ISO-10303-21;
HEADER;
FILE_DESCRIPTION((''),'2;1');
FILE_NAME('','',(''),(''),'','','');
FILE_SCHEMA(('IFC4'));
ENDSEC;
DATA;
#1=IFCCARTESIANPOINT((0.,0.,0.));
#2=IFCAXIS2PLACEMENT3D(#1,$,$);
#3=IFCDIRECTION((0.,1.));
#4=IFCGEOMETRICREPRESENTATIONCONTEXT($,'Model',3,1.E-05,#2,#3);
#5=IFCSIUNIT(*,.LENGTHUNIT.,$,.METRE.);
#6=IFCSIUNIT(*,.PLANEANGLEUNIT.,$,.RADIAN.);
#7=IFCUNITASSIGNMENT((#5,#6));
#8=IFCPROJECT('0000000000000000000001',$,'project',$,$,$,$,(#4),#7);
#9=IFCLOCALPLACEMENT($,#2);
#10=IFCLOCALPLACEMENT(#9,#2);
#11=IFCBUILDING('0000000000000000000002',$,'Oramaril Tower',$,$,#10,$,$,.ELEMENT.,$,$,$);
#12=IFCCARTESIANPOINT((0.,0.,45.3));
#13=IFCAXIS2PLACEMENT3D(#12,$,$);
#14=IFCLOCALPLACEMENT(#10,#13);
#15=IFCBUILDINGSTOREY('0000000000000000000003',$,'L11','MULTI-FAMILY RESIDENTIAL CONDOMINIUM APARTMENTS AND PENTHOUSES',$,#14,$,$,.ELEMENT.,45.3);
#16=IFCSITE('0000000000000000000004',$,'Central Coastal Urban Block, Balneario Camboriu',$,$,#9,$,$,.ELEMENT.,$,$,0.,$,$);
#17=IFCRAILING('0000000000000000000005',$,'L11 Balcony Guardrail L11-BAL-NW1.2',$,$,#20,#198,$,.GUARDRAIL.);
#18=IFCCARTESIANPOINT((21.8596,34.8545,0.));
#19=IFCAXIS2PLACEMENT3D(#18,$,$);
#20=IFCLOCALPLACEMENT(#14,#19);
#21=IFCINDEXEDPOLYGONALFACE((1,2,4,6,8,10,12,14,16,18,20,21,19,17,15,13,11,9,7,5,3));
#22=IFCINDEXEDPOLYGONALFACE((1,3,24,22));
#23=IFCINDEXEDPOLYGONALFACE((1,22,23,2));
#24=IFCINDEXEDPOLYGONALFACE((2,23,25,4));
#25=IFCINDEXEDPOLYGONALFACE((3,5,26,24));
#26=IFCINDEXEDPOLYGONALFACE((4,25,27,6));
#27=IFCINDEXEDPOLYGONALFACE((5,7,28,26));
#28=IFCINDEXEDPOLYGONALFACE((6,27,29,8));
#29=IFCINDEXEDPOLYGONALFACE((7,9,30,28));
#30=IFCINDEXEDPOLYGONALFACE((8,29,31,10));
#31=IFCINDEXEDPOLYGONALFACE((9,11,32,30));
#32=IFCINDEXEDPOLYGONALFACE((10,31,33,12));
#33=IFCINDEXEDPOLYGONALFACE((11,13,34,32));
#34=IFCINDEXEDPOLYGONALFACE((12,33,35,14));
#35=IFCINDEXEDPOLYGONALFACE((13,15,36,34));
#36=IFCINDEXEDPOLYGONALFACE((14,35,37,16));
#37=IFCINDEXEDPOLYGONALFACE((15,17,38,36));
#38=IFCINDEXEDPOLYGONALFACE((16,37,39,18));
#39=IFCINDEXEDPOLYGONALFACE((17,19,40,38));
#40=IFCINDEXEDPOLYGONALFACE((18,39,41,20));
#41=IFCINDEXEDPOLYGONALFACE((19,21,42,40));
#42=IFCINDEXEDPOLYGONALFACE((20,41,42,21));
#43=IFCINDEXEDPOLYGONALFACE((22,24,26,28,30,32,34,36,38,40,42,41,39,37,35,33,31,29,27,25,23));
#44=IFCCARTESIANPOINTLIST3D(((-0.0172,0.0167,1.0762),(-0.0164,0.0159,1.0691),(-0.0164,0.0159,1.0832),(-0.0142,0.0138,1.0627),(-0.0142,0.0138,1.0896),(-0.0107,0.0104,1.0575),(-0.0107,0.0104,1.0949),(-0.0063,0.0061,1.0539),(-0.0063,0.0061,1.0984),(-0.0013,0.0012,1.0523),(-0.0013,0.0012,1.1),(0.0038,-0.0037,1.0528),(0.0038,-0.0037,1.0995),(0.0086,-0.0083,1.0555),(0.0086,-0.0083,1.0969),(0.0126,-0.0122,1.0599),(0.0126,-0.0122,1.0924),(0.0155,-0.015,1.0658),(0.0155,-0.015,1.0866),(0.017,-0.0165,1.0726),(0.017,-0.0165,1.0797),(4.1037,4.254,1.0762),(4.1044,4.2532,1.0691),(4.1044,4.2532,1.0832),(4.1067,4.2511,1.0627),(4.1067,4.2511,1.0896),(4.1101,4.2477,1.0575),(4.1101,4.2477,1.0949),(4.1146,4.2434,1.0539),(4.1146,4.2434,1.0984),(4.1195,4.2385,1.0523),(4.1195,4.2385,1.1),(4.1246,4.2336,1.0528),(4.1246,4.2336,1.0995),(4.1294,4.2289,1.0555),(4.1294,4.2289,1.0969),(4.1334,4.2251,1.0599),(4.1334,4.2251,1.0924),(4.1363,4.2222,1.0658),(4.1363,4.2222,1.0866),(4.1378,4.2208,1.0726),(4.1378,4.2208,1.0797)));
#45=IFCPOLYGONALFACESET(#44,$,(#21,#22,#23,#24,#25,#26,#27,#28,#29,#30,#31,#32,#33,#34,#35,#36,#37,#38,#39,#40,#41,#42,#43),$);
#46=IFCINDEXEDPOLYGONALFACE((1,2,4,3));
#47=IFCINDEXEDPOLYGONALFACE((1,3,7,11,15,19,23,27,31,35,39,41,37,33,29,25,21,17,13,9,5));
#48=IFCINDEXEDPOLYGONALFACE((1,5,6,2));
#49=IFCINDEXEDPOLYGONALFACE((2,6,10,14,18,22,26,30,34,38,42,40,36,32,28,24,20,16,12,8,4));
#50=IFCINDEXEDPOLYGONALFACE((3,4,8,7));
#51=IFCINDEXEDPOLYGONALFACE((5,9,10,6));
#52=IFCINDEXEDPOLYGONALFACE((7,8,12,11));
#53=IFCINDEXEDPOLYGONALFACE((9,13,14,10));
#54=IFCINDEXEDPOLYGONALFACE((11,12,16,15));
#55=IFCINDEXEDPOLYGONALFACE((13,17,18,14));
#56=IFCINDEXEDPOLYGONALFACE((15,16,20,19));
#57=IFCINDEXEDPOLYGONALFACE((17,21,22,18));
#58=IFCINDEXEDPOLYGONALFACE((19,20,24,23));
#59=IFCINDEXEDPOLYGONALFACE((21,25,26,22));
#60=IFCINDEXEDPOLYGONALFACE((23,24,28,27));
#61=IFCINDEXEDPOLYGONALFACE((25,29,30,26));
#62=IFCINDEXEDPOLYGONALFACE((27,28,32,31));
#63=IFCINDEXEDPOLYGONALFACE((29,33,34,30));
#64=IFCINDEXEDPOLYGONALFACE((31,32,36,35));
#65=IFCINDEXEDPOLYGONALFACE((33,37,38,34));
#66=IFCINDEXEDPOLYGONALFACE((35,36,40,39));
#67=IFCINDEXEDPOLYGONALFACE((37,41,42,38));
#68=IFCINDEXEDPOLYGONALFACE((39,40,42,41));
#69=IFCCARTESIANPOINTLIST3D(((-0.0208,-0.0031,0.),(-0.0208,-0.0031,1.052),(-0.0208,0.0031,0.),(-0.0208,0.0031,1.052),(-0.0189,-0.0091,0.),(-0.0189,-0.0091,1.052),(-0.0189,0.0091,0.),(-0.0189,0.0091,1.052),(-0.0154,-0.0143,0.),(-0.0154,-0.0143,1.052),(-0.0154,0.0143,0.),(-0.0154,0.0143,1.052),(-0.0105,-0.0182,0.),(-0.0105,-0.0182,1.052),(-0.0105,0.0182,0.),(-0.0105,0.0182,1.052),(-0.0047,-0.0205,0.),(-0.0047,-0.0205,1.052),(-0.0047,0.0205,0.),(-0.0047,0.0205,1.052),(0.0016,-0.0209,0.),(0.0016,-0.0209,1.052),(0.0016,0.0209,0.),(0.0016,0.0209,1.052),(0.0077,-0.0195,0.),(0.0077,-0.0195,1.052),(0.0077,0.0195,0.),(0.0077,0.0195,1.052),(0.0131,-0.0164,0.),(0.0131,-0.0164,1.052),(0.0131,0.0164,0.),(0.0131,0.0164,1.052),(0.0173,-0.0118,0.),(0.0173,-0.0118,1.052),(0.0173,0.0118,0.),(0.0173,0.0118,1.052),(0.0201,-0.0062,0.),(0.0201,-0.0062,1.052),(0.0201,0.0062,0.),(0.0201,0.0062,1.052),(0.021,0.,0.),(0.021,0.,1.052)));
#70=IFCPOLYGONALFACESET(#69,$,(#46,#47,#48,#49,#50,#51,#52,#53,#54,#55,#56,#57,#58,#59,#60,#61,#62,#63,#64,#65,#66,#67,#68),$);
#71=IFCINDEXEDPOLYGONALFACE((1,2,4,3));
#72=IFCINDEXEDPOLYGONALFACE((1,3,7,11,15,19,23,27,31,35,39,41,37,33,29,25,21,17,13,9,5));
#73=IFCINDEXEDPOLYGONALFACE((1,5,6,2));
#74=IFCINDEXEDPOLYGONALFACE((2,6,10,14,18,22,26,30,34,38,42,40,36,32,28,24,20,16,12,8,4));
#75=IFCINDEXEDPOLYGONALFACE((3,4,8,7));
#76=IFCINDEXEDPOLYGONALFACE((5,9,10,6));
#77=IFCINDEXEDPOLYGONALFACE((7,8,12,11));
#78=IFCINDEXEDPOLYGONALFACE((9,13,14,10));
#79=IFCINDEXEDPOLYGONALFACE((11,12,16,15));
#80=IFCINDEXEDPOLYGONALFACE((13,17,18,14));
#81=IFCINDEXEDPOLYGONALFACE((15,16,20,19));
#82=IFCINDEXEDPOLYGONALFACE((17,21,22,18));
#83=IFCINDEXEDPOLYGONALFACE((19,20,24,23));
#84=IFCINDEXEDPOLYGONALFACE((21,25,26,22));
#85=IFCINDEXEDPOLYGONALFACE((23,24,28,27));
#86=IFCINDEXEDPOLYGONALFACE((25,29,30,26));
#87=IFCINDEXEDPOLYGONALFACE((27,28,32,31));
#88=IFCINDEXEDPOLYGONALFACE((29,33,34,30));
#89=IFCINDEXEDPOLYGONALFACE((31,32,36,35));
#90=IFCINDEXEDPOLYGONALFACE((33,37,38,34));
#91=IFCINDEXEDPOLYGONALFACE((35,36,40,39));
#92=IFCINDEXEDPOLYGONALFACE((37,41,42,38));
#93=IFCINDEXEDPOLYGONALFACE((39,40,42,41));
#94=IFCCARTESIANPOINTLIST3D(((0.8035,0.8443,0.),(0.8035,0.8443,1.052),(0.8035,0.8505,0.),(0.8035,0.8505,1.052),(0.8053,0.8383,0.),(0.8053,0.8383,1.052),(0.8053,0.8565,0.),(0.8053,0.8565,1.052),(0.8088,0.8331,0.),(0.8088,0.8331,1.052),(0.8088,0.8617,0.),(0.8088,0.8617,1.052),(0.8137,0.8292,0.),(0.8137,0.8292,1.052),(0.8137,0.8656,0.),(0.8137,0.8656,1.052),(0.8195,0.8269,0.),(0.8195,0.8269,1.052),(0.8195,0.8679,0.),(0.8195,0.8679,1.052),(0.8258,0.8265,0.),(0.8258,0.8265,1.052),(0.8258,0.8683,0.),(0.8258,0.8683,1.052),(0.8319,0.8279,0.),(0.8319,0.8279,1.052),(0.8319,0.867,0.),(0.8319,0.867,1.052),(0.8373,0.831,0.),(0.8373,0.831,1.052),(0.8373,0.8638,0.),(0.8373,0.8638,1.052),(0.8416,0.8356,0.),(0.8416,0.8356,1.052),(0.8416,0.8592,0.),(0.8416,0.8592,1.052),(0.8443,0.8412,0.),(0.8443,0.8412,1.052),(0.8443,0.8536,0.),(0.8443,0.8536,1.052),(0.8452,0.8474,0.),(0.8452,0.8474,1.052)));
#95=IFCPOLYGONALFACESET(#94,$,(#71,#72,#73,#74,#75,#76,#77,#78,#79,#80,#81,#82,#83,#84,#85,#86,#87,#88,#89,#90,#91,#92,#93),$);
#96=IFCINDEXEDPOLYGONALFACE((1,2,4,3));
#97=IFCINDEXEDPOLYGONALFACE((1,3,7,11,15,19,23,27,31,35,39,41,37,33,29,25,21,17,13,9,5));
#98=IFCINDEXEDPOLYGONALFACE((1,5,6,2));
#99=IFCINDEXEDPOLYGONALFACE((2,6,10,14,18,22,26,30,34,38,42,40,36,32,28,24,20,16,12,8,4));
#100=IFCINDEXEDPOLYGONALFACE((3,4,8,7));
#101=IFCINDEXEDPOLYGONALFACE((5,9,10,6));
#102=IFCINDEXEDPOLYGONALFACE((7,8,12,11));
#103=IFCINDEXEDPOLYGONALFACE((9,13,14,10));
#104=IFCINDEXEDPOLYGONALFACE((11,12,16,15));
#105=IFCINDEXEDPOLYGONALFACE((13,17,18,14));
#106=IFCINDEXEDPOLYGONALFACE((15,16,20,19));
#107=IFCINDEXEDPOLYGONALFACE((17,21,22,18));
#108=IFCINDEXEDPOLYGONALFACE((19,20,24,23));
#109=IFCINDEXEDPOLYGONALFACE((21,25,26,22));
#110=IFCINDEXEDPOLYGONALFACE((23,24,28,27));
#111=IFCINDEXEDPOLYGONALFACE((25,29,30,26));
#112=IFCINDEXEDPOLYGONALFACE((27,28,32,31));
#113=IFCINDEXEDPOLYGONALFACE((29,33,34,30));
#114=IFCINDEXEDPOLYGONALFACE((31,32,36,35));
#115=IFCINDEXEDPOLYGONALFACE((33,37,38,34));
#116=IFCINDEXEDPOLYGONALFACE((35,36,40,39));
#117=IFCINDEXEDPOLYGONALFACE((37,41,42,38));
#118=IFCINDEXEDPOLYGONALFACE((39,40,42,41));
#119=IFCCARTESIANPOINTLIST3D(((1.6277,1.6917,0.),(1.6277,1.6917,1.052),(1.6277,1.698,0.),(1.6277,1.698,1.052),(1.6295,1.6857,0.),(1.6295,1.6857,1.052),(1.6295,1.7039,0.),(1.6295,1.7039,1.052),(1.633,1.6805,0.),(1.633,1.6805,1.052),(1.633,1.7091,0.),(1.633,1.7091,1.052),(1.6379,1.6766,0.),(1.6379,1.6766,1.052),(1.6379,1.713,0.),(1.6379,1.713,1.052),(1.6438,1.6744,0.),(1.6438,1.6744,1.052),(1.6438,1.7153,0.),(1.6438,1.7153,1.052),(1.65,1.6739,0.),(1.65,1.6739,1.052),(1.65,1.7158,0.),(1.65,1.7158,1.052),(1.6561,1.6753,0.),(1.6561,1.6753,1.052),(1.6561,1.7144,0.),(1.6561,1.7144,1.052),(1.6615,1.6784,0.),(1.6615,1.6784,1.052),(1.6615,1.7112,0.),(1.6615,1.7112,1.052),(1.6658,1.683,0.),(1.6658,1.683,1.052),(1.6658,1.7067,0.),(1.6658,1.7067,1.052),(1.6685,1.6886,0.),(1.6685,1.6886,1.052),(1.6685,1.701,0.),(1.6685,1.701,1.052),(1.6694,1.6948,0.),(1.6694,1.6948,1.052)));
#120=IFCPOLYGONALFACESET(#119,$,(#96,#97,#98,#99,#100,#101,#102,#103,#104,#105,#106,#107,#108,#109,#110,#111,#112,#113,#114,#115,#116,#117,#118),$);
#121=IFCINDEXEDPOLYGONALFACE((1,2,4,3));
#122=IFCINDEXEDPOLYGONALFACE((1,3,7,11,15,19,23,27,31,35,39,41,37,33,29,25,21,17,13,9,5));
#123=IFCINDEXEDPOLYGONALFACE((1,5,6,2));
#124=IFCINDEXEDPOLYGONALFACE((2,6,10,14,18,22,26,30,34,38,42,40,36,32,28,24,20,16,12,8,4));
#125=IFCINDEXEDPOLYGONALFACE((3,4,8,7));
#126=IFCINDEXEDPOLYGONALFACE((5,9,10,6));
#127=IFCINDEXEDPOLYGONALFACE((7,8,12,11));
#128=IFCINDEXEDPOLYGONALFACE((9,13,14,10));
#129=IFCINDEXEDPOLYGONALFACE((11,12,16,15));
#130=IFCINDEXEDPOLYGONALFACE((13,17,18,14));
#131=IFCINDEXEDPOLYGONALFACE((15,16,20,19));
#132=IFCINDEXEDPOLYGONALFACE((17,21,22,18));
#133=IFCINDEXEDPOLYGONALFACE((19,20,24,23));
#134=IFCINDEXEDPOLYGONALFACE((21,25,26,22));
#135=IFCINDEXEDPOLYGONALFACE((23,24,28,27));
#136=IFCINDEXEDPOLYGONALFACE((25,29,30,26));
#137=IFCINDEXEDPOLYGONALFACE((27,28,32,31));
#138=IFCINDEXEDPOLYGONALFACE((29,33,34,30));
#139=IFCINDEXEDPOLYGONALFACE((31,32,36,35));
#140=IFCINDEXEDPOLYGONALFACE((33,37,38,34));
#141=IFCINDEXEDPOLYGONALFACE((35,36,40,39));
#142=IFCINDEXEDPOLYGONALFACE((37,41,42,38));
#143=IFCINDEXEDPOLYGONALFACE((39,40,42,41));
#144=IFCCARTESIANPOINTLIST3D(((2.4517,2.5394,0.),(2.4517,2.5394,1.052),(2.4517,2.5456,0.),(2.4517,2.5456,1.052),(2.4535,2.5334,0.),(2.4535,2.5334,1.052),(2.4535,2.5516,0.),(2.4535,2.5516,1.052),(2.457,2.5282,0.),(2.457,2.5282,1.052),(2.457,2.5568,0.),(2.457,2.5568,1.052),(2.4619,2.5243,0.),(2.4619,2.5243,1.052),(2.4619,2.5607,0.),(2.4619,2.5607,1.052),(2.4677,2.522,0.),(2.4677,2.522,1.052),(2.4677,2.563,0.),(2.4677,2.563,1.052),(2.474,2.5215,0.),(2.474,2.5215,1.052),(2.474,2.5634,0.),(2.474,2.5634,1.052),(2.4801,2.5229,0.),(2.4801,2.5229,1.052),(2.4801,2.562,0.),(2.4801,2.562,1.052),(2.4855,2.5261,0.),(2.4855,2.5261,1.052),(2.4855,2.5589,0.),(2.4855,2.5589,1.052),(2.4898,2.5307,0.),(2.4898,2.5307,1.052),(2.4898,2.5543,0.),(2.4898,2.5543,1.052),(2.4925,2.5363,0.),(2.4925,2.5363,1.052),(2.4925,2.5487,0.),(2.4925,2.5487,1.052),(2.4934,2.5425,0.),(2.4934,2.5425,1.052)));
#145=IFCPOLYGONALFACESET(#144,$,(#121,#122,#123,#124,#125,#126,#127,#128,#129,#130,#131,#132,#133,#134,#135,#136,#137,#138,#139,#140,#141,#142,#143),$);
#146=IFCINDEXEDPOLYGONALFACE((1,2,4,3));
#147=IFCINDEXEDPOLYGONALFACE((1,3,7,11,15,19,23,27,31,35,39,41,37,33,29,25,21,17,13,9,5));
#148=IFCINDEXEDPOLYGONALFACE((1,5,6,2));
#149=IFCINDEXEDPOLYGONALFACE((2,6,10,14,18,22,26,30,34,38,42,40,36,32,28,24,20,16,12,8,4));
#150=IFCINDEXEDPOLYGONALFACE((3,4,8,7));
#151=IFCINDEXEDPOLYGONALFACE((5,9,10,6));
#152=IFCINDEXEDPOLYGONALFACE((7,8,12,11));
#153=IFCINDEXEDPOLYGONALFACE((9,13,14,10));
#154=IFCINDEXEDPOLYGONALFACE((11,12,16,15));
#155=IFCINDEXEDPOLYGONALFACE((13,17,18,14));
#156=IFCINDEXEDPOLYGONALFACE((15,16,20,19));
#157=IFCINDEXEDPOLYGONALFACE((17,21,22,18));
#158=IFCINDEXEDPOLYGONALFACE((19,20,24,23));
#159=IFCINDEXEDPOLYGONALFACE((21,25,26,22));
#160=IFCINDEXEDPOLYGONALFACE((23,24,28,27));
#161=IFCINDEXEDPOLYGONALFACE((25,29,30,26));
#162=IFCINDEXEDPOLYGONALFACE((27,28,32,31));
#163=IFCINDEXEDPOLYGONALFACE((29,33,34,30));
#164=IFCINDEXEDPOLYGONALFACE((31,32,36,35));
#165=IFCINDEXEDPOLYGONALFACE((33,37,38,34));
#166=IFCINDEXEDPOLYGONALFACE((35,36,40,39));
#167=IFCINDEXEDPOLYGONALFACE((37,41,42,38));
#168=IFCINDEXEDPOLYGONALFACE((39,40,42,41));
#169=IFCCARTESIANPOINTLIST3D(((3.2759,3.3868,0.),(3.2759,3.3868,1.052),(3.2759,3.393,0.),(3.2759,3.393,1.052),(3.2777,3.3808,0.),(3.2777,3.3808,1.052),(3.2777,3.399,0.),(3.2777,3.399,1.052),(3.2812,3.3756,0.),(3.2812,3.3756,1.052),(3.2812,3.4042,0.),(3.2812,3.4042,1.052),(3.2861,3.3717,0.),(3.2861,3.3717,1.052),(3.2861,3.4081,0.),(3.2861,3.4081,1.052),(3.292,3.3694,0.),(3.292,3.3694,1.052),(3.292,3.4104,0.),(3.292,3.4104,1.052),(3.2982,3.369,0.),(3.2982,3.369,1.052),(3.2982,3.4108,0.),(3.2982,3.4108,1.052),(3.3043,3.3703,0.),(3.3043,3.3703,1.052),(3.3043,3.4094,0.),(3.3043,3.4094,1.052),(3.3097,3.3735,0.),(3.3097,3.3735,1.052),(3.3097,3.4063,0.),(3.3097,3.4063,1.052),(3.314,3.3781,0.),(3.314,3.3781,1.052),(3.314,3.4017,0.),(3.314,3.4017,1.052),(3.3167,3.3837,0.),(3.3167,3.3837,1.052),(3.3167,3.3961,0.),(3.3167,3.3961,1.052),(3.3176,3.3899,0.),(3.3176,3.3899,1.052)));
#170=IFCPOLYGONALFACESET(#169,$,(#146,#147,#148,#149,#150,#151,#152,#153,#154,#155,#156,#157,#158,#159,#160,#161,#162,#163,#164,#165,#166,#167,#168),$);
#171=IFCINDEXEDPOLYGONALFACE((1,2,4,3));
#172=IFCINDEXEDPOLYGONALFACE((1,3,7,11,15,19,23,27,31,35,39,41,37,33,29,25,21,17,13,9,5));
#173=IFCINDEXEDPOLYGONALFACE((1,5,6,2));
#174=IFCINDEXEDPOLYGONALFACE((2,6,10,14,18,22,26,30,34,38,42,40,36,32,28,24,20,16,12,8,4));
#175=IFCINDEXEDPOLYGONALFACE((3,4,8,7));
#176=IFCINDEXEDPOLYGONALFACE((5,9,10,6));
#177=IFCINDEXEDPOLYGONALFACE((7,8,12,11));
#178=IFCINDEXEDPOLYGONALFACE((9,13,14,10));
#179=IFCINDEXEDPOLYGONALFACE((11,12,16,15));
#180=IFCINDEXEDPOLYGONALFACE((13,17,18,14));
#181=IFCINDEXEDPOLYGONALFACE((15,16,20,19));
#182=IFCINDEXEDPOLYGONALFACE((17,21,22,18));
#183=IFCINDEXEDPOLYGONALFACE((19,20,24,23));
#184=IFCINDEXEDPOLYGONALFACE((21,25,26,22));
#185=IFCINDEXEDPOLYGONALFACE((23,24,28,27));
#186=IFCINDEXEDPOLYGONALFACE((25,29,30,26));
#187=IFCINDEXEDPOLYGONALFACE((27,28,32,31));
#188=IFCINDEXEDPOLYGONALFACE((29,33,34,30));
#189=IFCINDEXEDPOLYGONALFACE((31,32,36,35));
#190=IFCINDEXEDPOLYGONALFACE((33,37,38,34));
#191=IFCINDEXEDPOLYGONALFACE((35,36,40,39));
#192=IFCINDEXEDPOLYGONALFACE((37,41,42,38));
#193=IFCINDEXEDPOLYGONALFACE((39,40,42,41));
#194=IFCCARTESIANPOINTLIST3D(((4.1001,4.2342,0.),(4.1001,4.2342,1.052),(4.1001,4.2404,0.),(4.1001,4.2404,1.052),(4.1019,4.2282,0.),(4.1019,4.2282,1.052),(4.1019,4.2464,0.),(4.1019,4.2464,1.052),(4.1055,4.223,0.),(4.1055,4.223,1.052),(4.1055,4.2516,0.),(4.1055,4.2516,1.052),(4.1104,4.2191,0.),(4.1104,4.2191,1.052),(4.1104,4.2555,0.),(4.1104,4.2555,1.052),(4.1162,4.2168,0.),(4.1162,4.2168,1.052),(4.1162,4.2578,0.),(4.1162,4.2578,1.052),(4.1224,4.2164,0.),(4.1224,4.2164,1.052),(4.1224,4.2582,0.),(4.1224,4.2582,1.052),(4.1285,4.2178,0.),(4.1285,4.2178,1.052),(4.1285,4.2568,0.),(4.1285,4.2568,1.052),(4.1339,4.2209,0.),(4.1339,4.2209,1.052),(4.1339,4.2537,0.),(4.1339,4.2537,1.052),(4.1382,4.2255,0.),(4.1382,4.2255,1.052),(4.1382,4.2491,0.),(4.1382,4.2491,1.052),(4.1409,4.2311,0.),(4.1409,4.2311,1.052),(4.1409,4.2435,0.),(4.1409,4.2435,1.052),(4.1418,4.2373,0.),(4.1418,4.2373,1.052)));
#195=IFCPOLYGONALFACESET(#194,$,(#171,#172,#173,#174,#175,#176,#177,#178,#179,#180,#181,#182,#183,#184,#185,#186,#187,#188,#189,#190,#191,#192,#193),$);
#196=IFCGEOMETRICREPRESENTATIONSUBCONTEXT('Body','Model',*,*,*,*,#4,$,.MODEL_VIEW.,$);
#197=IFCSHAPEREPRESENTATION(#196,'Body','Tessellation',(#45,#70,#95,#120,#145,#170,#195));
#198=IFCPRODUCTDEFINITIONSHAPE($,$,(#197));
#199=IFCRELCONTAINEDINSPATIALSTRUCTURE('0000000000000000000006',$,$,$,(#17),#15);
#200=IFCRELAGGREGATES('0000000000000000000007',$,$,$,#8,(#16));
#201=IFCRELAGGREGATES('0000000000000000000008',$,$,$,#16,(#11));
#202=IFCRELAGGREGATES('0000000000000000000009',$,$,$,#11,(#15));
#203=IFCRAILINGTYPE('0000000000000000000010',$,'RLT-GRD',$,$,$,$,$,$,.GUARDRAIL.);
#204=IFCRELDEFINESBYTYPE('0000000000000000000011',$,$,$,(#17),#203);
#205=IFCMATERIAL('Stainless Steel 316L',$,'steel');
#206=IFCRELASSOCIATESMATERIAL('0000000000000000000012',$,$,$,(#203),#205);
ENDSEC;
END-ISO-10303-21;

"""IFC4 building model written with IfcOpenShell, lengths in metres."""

from ifc_helpers import new_model, si_unit, direction, frame, origin, origin_2d, place, context, subcontext, project, spatial, circle, extrude, material, type_object, element, save


model = new_model("IFC4")

# Units and contexts
model_context = context("Model", 3, precision=1e-05, world=origin(), true_north=direction((0.0, 1.0)))
body_context = subcontext(model_context, "Body", "Model", "MODEL_VIEW")
ifc_project = project(units=[si_unit("LENGTHUNIT", "METRE"), si_unit("PLANEANGLEUNIT", "RADIAN")], contexts=[model_context])

# Site, building, storey
site_placement = place(None, origin())
site = spatial("IfcSite", under=ifc_project, at=site_placement, Name="Central Coastal Urban Block, Balneario Camboriu", CompositionType="ELEMENT", RefElevation=0.0)
building_placement = place(site_placement, origin())
building = spatial("IfcBuilding", under=site, at=building_placement, Name="Oramaril Tower", CompositionType="ELEMENT")
storey_placement = place(building_placement, frame((0.0, 0.0, 45.3)))
storey = spatial("IfcBuildingStorey", under=building, at=storey_placement, Name="L11", Description="MULTI-FAMILY RESIDENTIAL CONDOMINIUM APARTMENTS AND PENTHOUSES", CompositionType="ELEMENT", Elevation=45.3)

# Railing
ifc_material_1 = material(Name="Stainless Steel 316L", Category="steel")
railing_type = type_object("IfcRailingType", Name="RLT-GRD", PredefinedType="GUARDRAIL", material=ifc_material_1)
railing_1_placement = place(storey_placement, frame((21.8596, 34.8545, 0.0)))
element("IfcRailing", 1, at=railing_1_placement, inside=storey, type_object=railing_type, Name="L11 Balcony Guardrail L11-BAL-NW1.2", PredefinedType="GUARDRAIL", context=body_context, shape_type="SweptSolid", body=[
    extrude(circle(Radius=0.0239, at=origin_2d()), frame((0.0, 0.0, 1.0762), z_axis=(0.697187, 0.716889, 0.0), x_axis=(-0.716889, 0.697187, 0.0)), (0.0, 0.0, 1.0), 5.9106),
    extrude(circle(Radius=0.021, at=origin_2d()), origin(), (0.0, 0.0, 1.0), 1.052),
    extrude(circle(Radius=0.021, at=origin_2d()), frame((0.8242, 0.8474, 0.0)), (0.0, 0.0, 1.0), 1.052),
    extrude(circle(Radius=0.021, at=origin_2d()), frame((1.6484, 1.6948, 0.0)), (0.0, 0.0, 1.0), 1.052),
    extrude(circle(Radius=0.021, at=origin_2d()), frame((2.4724, 2.5425, 0.0)), (0.0, 0.0, 1.0), 1.052),
    extrude(circle(Radius=0.021, at=origin_2d()), frame((3.2966, 3.3899, 0.0)), (0.0, 0.0, 1.0), 1.052),
    extrude(circle(Radius=0.021, at=origin_2d()), frame((4.1208, 4.2373, 0.0)), (0.0, 0.0, 1.0), 1.052),
])

save(model, "model.ifc")
